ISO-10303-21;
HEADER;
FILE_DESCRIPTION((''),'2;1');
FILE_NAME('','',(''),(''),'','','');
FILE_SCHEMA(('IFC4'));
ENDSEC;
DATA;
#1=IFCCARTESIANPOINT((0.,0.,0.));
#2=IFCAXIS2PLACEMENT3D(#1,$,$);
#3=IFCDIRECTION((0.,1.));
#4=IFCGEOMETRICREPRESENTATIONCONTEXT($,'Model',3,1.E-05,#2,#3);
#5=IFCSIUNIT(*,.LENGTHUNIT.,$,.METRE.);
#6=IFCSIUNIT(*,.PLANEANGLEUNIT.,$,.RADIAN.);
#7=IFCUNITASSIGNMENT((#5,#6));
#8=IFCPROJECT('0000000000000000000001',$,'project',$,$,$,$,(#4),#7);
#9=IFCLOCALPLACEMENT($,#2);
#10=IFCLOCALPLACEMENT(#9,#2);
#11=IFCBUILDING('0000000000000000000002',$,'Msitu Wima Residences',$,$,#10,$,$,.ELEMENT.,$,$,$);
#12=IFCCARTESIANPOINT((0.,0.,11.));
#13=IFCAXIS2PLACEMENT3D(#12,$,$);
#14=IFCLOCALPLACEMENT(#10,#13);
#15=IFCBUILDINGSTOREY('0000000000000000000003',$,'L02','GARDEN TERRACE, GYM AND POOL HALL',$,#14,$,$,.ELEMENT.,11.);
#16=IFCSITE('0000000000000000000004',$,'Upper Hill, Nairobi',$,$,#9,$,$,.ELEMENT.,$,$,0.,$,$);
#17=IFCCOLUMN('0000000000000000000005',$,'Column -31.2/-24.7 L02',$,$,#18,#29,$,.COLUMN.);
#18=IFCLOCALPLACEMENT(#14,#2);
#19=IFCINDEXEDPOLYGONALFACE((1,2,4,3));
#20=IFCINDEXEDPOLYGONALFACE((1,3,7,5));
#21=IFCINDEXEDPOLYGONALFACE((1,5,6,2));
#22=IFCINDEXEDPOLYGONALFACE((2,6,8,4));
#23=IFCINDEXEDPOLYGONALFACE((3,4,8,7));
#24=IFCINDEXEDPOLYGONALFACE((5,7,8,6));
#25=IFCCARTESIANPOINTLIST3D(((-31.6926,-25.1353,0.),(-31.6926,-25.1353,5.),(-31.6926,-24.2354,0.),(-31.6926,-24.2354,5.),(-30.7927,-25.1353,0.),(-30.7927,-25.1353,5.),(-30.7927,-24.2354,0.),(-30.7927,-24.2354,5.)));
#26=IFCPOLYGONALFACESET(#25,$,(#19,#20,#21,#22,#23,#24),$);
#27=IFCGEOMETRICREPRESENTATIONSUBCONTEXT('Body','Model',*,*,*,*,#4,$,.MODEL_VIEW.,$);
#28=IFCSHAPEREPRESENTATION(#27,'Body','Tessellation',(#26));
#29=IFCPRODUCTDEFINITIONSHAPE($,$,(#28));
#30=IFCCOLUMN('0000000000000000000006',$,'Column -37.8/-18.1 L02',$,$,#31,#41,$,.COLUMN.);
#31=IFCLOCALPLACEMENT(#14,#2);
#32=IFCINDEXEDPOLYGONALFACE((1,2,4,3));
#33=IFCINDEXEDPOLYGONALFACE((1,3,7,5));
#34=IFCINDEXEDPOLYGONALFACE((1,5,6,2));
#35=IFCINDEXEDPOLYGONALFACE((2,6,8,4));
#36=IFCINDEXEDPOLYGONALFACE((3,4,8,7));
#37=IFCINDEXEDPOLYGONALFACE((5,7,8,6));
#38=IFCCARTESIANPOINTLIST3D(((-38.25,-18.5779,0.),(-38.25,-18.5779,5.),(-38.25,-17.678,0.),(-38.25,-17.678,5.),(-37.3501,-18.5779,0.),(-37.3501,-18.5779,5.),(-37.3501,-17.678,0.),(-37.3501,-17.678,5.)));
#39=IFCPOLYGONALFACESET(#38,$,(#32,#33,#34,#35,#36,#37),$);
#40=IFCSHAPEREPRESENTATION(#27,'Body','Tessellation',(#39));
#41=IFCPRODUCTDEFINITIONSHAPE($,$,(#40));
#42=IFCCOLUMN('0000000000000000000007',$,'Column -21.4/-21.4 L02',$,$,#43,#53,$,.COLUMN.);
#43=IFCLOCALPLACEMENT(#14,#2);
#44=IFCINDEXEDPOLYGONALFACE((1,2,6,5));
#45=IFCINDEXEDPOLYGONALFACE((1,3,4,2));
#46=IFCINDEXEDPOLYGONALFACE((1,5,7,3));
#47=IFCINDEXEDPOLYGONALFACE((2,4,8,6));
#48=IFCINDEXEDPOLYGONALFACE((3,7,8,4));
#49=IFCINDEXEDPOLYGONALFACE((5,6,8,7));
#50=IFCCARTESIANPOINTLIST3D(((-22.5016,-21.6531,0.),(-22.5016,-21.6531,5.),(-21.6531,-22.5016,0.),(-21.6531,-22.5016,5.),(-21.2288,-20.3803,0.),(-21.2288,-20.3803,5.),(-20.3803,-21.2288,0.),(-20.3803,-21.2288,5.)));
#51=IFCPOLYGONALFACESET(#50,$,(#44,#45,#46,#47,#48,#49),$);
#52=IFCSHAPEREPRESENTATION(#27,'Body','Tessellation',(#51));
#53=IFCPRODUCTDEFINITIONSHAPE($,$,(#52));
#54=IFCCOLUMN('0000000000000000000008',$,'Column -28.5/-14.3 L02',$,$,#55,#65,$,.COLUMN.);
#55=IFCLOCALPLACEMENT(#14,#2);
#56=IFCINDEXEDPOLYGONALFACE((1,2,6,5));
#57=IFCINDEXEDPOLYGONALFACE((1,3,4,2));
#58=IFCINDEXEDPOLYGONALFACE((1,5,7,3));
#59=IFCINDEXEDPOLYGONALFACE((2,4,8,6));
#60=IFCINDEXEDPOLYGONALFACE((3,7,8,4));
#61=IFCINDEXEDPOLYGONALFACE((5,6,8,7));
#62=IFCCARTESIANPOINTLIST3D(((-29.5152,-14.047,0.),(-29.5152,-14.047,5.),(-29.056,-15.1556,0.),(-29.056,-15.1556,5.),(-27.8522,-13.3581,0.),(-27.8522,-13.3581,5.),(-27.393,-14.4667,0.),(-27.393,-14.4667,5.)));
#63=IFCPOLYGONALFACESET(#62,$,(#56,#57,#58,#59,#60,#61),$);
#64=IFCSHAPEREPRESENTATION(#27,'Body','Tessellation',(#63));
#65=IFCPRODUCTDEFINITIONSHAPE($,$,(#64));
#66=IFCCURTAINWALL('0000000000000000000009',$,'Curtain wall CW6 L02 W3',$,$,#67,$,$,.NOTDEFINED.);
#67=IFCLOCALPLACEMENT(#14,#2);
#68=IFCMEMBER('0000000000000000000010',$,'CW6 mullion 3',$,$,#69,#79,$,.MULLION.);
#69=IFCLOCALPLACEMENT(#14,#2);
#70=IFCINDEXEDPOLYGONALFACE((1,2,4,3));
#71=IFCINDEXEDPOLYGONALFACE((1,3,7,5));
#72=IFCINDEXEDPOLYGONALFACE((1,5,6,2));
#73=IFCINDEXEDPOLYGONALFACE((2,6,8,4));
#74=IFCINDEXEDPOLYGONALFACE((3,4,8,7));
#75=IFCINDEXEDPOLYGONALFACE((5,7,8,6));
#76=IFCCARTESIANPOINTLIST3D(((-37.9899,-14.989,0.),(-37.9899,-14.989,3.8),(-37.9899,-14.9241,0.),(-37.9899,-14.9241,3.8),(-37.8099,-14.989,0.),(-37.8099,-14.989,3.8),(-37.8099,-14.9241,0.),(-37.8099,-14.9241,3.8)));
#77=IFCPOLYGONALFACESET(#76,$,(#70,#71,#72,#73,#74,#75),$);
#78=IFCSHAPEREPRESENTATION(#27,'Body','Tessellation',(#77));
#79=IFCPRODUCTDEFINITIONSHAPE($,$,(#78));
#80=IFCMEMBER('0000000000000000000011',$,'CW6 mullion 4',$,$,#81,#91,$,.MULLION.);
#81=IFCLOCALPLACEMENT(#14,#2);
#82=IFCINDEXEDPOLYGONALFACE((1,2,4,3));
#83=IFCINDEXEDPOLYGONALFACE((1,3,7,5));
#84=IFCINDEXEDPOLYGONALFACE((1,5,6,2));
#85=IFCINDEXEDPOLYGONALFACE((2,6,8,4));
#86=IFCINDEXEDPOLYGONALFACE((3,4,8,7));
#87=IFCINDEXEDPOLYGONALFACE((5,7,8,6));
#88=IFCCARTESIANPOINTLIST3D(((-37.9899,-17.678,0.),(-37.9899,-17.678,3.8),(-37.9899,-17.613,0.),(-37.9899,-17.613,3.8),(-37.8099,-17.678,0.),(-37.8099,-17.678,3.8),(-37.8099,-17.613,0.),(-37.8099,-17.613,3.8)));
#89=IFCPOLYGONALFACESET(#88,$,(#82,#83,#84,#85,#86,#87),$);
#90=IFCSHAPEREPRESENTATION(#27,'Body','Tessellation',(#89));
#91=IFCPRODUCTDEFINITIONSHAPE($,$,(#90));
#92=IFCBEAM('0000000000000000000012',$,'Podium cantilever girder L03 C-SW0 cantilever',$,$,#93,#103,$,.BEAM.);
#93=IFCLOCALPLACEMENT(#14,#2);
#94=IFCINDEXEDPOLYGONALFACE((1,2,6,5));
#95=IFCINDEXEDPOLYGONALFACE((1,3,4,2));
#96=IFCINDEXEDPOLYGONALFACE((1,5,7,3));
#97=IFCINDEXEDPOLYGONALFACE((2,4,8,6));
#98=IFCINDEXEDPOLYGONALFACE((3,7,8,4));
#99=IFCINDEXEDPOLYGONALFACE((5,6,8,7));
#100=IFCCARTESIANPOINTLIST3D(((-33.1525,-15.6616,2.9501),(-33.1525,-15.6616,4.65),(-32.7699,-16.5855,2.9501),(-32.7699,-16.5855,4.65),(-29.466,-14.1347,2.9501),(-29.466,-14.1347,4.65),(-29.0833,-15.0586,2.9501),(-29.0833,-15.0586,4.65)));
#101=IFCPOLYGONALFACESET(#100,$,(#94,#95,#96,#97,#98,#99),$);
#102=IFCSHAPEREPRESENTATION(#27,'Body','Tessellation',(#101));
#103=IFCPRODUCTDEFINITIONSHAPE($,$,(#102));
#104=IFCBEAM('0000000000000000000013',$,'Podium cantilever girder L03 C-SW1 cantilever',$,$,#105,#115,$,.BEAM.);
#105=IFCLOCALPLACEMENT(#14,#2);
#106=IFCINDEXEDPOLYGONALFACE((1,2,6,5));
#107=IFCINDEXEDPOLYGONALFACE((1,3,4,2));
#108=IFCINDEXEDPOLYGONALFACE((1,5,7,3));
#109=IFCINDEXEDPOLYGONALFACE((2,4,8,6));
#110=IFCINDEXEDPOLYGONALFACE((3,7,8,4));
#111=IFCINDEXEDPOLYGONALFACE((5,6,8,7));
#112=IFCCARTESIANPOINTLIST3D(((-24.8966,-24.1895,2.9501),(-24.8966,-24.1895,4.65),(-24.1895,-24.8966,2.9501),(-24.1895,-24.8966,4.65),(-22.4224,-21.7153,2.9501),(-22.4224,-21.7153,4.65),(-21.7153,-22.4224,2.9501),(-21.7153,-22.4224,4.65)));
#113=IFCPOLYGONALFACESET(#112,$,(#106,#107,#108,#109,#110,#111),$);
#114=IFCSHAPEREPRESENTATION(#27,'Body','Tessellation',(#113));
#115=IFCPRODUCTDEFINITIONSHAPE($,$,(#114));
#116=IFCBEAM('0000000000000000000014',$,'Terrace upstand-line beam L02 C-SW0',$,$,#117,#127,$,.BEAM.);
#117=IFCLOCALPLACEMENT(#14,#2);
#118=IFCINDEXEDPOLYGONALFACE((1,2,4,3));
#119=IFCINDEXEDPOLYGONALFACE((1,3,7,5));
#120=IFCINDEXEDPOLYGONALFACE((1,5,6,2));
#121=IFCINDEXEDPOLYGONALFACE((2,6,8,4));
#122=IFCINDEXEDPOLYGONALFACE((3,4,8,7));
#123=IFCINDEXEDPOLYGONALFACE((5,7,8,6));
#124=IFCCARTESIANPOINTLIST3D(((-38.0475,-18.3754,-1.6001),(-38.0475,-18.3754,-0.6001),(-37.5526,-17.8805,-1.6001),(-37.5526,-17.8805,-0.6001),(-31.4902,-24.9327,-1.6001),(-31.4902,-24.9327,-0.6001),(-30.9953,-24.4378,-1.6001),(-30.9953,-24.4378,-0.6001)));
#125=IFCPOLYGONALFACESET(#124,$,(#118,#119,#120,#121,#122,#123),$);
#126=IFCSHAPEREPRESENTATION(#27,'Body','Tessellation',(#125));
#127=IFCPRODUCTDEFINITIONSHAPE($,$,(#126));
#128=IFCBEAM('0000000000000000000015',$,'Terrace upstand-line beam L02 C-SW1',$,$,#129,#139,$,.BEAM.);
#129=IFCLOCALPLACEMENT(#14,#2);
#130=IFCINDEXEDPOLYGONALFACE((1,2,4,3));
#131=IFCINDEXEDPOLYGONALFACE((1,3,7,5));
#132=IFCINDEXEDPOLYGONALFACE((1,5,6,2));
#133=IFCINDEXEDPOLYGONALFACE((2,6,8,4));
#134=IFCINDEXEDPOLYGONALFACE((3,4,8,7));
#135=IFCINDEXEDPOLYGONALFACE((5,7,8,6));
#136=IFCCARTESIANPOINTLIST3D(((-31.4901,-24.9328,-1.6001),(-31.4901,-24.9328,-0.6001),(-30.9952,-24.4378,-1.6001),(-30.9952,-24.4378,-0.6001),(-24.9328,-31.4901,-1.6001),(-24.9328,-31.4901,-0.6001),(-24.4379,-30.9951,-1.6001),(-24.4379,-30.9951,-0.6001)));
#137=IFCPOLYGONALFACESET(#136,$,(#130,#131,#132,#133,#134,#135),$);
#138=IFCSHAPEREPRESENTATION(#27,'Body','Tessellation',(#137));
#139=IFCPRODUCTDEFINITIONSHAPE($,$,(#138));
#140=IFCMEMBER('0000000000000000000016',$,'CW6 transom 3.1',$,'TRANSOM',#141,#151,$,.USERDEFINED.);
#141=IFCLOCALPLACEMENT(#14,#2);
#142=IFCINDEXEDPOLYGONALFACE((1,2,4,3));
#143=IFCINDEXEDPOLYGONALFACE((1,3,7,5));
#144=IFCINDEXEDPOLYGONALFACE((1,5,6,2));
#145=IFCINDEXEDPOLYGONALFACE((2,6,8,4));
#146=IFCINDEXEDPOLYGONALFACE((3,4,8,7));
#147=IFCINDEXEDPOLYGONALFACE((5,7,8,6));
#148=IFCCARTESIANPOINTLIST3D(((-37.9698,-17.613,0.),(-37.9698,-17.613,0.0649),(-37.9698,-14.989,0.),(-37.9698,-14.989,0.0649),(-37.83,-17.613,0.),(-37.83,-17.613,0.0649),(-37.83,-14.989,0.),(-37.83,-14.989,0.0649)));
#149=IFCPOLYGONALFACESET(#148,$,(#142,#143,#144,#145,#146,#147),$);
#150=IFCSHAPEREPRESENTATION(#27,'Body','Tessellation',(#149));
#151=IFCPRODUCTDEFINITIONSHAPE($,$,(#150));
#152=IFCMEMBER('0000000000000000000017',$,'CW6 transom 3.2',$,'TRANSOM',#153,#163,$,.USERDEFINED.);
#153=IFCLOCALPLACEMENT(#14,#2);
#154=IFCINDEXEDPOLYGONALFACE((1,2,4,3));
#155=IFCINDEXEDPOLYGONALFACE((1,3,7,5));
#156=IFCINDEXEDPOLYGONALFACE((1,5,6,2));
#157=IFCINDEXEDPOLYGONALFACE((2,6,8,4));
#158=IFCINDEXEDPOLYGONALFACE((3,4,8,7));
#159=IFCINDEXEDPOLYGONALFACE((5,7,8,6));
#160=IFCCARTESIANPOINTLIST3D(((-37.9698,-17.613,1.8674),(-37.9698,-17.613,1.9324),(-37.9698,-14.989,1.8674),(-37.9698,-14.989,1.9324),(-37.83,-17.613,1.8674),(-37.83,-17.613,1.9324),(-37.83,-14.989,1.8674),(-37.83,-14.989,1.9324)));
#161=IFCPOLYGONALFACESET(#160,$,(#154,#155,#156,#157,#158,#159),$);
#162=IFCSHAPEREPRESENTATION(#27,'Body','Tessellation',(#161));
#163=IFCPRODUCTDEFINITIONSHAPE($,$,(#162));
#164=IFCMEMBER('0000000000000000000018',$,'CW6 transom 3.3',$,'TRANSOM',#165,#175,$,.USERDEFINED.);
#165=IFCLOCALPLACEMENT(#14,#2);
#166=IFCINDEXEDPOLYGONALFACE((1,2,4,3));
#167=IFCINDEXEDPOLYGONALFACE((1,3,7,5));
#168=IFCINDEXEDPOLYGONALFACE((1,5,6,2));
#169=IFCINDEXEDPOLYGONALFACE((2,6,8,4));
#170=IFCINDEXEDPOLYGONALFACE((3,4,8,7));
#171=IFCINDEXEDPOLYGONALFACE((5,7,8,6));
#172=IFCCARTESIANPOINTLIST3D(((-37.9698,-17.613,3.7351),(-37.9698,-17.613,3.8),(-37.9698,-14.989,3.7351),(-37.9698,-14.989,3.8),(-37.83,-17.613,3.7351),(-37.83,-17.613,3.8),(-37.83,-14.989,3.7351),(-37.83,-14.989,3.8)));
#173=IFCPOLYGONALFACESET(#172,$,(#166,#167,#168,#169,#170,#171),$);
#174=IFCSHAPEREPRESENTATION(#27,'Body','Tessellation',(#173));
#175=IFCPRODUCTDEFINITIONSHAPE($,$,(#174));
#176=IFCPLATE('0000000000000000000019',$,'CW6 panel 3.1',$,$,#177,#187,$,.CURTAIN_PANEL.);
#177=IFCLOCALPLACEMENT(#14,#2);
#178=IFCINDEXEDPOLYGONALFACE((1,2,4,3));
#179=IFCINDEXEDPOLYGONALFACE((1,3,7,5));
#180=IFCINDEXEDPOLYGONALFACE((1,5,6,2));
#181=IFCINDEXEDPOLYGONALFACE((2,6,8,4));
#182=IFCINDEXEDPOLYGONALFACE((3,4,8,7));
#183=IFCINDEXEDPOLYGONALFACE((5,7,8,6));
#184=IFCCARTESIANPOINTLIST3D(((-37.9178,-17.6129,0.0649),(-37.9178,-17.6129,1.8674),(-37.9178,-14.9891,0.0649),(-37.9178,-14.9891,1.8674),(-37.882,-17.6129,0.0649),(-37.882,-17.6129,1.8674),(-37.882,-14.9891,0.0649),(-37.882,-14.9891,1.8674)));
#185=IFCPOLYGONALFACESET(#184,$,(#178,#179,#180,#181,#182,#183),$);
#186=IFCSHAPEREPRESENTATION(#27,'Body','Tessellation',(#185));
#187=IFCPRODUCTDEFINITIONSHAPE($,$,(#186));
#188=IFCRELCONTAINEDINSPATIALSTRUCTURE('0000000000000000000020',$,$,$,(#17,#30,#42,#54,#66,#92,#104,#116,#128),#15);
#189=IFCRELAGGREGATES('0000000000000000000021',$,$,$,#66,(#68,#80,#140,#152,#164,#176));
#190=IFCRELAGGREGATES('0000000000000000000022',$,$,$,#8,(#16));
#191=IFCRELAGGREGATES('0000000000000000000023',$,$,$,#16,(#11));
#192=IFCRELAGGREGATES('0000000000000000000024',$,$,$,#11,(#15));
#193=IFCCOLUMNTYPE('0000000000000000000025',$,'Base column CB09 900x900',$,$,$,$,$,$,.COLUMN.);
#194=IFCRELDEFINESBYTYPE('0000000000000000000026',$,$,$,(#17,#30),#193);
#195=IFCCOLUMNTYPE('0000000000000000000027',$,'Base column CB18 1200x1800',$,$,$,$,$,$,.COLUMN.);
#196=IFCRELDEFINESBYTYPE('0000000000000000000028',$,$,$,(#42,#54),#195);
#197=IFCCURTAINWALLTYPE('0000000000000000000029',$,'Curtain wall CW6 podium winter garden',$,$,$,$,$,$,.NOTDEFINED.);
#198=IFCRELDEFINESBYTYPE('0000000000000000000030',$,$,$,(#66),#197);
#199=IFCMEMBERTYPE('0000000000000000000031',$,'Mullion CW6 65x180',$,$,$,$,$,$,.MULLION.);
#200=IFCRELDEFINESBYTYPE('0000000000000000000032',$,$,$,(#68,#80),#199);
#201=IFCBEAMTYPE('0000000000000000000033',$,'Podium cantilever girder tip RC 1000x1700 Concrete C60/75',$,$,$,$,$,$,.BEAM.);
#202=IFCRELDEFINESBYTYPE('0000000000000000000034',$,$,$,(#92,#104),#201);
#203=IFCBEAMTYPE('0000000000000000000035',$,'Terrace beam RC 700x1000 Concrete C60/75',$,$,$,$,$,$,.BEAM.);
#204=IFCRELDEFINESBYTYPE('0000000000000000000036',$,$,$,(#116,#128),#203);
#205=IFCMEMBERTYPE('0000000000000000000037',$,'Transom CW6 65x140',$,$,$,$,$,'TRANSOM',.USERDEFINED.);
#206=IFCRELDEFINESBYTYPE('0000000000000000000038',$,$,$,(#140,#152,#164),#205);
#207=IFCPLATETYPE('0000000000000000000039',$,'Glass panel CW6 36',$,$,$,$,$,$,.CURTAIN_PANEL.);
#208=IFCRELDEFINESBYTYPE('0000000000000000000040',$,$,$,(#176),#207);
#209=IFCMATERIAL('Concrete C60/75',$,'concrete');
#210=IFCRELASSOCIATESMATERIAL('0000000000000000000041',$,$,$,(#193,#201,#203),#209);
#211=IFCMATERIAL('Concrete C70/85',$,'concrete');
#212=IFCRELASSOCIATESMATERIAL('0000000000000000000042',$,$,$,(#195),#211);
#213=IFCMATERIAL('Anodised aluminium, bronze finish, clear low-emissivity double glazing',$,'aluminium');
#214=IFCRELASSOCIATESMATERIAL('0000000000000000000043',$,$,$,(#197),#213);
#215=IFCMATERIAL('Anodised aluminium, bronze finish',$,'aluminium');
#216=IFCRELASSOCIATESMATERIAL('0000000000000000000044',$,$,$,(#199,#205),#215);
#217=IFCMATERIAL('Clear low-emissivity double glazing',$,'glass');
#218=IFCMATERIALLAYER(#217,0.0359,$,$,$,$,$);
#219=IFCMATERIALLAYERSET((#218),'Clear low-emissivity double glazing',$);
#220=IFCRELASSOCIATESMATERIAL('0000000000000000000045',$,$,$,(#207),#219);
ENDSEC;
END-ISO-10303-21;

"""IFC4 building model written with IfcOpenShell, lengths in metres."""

from ifc_helpers import new_model, si_unit, direction, frame, origin, origin_2d, place, context, subcontext, project, spatial, rectangle, extrude, material, layer, layer_set, material_profile, profile_set, type_object, element, aggregate, save


model = new_model("IFC4")

# Units and contexts
model_context = context("Model", 3, precision=1e-05, world=origin(), true_north=direction((0.0, 1.0)))
body_context = subcontext(model_context, "Body", "Model", "MODEL_VIEW")
ifc_project = project(units=[si_unit("LENGTHUNIT", "METRE"), si_unit("PLANEANGLEUNIT", "RADIAN")], contexts=[model_context])

# Site, building, storey
site_placement = place(None, origin())
site = spatial("IfcSite", under=ifc_project, at=site_placement, Name="Upper Hill, Nairobi", CompositionType="ELEMENT", RefElevation=0.0)
building_placement = place(site_placement, origin())
building = spatial("IfcBuilding", under=site, at=building_placement, Name="Msitu Wima Residences", CompositionType="ELEMENT")
storey_placement = place(building_placement, frame((0.0, 0.0, 11.0)))
storey = spatial("IfcBuildingStorey", under=building, at=storey_placement, Name="L02", Description="GARDEN TERRACE, GYM AND POOL HALL", CompositionType="ELEMENT", Elevation=11.0)

# Columns
ifc_material_1 = material(Name="Concrete C60/75", Category="concrete")
ifc_material_profile_1 = material_profile(ifc_material_1, rectangle(XDim=0.8999, YDim=0.8999, at=origin_2d()), Name="RC 900x900")
ifc_profile_set_1 = profile_set([ifc_material_profile_1], Name="Concrete C60/75")
column_type_1 = type_object("IfcColumnType", Name="Base column CB09 900x900", PredefinedType="COLUMN", material=ifc_profile_set_1)
for number, where, z_axis, x_axis, name in (
    (1, (-31.2427, -24.6853, 0.0), (0.0, 0.0, 1.0), (1.0, 0.0, 0.0), "Column -31.2/-24.7 L02"),
    (2, (-37.8, -18.1279, 0.0), (0.0, 0.0, 1.0), (1.0, 0.0, 0.0), "Column -37.8/-18.1 L02"),
):
    element("IfcColumn", number, at=place(storey_placement, frame(where, z_axis=z_axis, x_axis=x_axis)), inside=storey, type_object=column_type_1, Name=name, PredefinedType="COLUMN", context=body_context, shape_type="SweptSolid", body=[
        extrude(rectangle(XDim=0.8999, YDim=0.8999, at=origin_2d()), origin(), (0.0, 0.0, 1.0), 5.0),
    ])
ifc_material_2 = material(Name="Concrete C70/85", Category="concrete")
ifc_material_profile_2 = material_profile(ifc_material_2, rectangle(XDim=1.2, YDim=1.8, at=origin_2d()), Name="RC 1200x1800")
ifc_profile_set_2 = profile_set([ifc_material_profile_2], Name="Concrete C70/85")
column_type_2 = type_object("IfcColumnType", Name="Base column CB18 1200x1800", PredefinedType="COLUMN", material=ifc_profile_set_2)
for number, where, z_axis, x_axis, name in (
    (3, (-21.4409, -21.4409, 0.0), (0.0, 0.0, 1.0), (0.707107, -0.707107, 0.0), "Column -21.4/-21.4 L02"),
    (4, (-28.4541, -14.2568, 0.0), (0.0, 0.0, 1.0), (0.382683, -0.92388, 0.0), "Column -28.5/-14.3 L02"),
):
    element("IfcColumn", number, at=place(storey_placement, frame(where, z_axis=z_axis, x_axis=x_axis)), inside=storey, type_object=column_type_2, Name=name, PredefinedType="COLUMN", context=body_context, shape_type="SweptSolid", body=[
        extrude(rectangle(XDim=1.2, YDim=1.8, at=origin_2d()), origin(), (0.0, 0.0, 1.0), 5.0),
    ])

# Curtain wall, members
ifc_material_3 = material(Name="Anodised aluminium, bronze finish, clear low-emissivity double glazing", Category="aluminium")
curtain_wall_type = type_object("IfcCurtainWallType", Name="Curtain wall CW6 podium winter garden", PredefinedType="NOTDEFINED", material=ifc_material_3)
curtain_wall_placement = place(storey_placement, origin())
curtain_wall = element("IfcCurtainWall", 5, at=curtain_wall_placement, inside=storey, type_object=curtain_wall_type, Name="Curtain wall CW6 L02 W3", PredefinedType="NOTDEFINED")
ifc_material_4 = material(Name="Anodised aluminium, bronze finish", Category="aluminium")
ifc_material_profile_3 = material_profile(ifc_material_4, rectangle(XDim=0.1799, YDim=0.0649, at=origin_2d()), Name="Mullion 65x180")
ifc_profile_set_3 = profile_set([ifc_material_profile_3], Name="Anodised aluminium, bronze finish")
member_type_1 = type_object("IfcMemberType", Name="Mullion CW6 65x180", PredefinedType="MULLION", material=ifc_profile_set_3)
member_1_placement = place(storey_placement, frame((-37.8999, -14.9565, 0.0), z_axis=(0.0, 0.0, 1.0), x_axis=(1.0, 0.0, 0.0)))
member_1 = element("IfcMember", 6, at=member_1_placement, type_object=member_type_1, Name="CW6 mullion 3", PredefinedType="MULLION", context=body_context, shape_type="SweptSolid", body=[
    extrude(rectangle(XDim=0.1799, YDim=0.0649, at=origin_2d()), origin(), (0.0, 0.0, 1.0), 3.8),
])
member_2_placement = place(storey_placement, frame((-37.8999, -17.6455, 0.0), z_axis=(0.0, 0.0, 1.0), x_axis=(1.0, 0.0, 0.0)))
member_2 = element("IfcMember", 7, at=member_2_placement, type_object=member_type_1, Name="CW6 mullion 4", PredefinedType="MULLION", context=body_context, shape_type="SweptSolid", body=[
    extrude(rectangle(XDim=0.1799, YDim=0.0649, at=origin_2d()), origin(), (0.0, 0.0, 1.0), 3.8),
])

# Beams
ifc_material_profile_4 = material_profile(ifc_material_1, rectangle(XDim=1.0, YDim=1.7, at=origin_2d()), Name="RC 1000x1700")
ifc_profile_set_4 = profile_set([ifc_material_profile_4], Name="Concrete C60/75")
beam_type_1 = type_object("IfcBeamType", Name="Podium cantilever girder tip RC 1000x1700 Concrete C60/75", PredefinedType="BEAM", material=ifc_profile_set_4)
beam_1_placement = place(storey_placement, frame((-29.2747, -14.5967, 3.8), z_axis=(-0.923893, -0.382651, 0.0), x_axis=(0.382651, -0.923893, 0.0)))
element("IfcBeam", 8, at=beam_1_placement, inside=storey, type_object=beam_type_1, Name="Podium cantilever girder L03 C-SW0 cantilever", PredefinedType="BEAM", context=body_context, shape_type="SweptSolid", body=[
    extrude(rectangle(XDim=1.0, YDim=1.7, at=origin_2d()), origin(), (0.0, 0.0, 1.0), 3.9902),
])
beam_2_placement = place(storey_placement, frame((-22.0688, -22.0688, 3.8), z_axis=(-0.707107, -0.707107, 0.0), x_axis=(0.707107, -0.707107, 0.0)))
element("IfcBeam", 9, at=beam_2_placement, inside=storey, type_object=beam_type_1, Name="Podium cantilever girder L03 C-SW1 cantilever", PredefinedType="BEAM", context=body_context, shape_type="SweptSolid", body=[
    extrude(rectangle(XDim=1.0, YDim=1.7, at=origin_2d()), origin(), (0.0, 0.0, 1.0), 3.499),
])
ifc_material_profile_5 = material_profile(ifc_material_1, rectangle(XDim=0.7, YDim=1.0, at=origin_2d()), Name="RC 700x1000")
ifc_profile_set_5 = profile_set([ifc_material_profile_5], Name="Concrete C60/75")
beam_type_2 = type_object("IfcBeamType", Name="Terrace beam RC 700x1000 Concrete C60/75", PredefinedType="BEAM", material=ifc_profile_set_5)
for number, where, z_axis, x_axis, name in (
    (10, (-37.8, -18.1279, -1.1001), (0.707107, -0.707107, 0.0), (0.707107, 0.707107, 0.0), "Terrace upstand-line beam L02 C-SW0"),
    (11, (-31.2427, -24.6853, -1.1001), (0.707107, -0.707107, 0.0), (0.707107, 0.707107, 0.0), "Terrace upstand-line beam L02 C-SW1"),
):
    element("IfcBeam", number, at=place(storey_placement, frame(where, z_axis=z_axis, x_axis=x_axis)), inside=storey, type_object=beam_type_2, Name=name, PredefinedType="BEAM", context=body_context, shape_type="SweptSolid", body=[
        extrude(rectangle(XDim=0.7, YDim=1.0, at=origin_2d()), origin(), (0.0, 0.0, 1.0), 9.2734),
    ])

# Members
ifc_material_profile_6 = material_profile(ifc_material_4, rectangle(XDim=0.1399, YDim=0.0649, at=origin_2d()), Name="Transom 65x140")
ifc_profile_set_6 = profile_set([ifc_material_profile_6], Name="Anodised aluminium, bronze finish")
member_type_2 = type_object("IfcMemberType", Name="Transom CW6 65x140", ElementType="TRANSOM", PredefinedType="USERDEFINED", material=ifc_profile_set_6)
member_3_placement = place(storey_placement, frame((-37.8999, -14.989, 0.0325), z_axis=(0.0, -1.0, 0.0), x_axis=(1.0, 0.0, 0.0)))
member_3 = element("IfcMember", 12, at=member_3_placement, type_object=member_type_2, Name="CW6 transom 3.1", ObjectType="TRANSOM", PredefinedType="USERDEFINED", context=body_context, shape_type="SweptSolid", body=[
    extrude(rectangle(XDim=0.1399, YDim=0.0649, at=origin_2d()), origin(), (0.0, 0.0, 1.0), 2.624),
])
member_4_placement = place(storey_placement, frame((-37.8999, -14.989, 1.8999), z_axis=(0.0, -1.0, 0.0), x_axis=(1.0, 0.0, 0.0)))
member_4 = element("IfcMember", 13, at=member_4_placement, type_object=member_type_2, Name="CW6 transom 3.2", ObjectType="TRANSOM", PredefinedType="USERDEFINED", context=body_context, shape_type="SweptSolid", body=[
    extrude(rectangle(XDim=0.1399, YDim=0.0649, at=origin_2d()), origin(), (0.0, 0.0, 1.0), 2.624),
])
member_5_placement = place(storey_placement, frame((-37.8999, -14.989, 3.7676), z_axis=(0.0, -1.0, 0.0), x_axis=(1.0, 0.0, 0.0)))
member_5 = element("IfcMember", 14, at=member_5_placement, type_object=member_type_2, Name="CW6 transom 3.3", ObjectType="TRANSOM", PredefinedType="USERDEFINED", context=body_context, shape_type="SweptSolid", body=[
    extrude(rectangle(XDim=0.1399, YDim=0.0649, at=origin_2d()), origin(), (0.0, 0.0, 1.0), 2.624),
])

# Plate
ifc_material_5 = material(Name="Clear low-emissivity double glazing", Category="glass")
ifc_layer_1 = layer(ifc_material_5, 0.0359)
ifc_layer_set_1 = layer_set([ifc_layer_1], Name="Clear low-emissivity double glazing")
plate_type = type_object("IfcPlateType", Name="Glass panel CW6 36", PredefinedType="CURTAIN_PANEL", material=ifc_layer_set_1)
plate_1_placement = place(storey_placement, frame((-37.8999, -16.301, 0.0649), z_axis=(0.0, 0.0, 1.0), x_axis=(0.0, -1.0, 0.0)))
plate_1 = element("IfcPlate", 15, at=plate_1_placement, type_object=plate_type, Name="CW6 panel 3.1", PredefinedType="CURTAIN_PANEL", context=body_context, shape_type="SweptSolid", body=[
    extrude(rectangle(XDim=2.6238, YDim=0.0359, at=origin_2d()), origin(), (0.0, 0.0, 1.0), 1.8025),
])
aggregate(curtain_wall, [member_1, member_2, member_3, member_4, member_5, plate_1])

save(model, "model.ifc")
